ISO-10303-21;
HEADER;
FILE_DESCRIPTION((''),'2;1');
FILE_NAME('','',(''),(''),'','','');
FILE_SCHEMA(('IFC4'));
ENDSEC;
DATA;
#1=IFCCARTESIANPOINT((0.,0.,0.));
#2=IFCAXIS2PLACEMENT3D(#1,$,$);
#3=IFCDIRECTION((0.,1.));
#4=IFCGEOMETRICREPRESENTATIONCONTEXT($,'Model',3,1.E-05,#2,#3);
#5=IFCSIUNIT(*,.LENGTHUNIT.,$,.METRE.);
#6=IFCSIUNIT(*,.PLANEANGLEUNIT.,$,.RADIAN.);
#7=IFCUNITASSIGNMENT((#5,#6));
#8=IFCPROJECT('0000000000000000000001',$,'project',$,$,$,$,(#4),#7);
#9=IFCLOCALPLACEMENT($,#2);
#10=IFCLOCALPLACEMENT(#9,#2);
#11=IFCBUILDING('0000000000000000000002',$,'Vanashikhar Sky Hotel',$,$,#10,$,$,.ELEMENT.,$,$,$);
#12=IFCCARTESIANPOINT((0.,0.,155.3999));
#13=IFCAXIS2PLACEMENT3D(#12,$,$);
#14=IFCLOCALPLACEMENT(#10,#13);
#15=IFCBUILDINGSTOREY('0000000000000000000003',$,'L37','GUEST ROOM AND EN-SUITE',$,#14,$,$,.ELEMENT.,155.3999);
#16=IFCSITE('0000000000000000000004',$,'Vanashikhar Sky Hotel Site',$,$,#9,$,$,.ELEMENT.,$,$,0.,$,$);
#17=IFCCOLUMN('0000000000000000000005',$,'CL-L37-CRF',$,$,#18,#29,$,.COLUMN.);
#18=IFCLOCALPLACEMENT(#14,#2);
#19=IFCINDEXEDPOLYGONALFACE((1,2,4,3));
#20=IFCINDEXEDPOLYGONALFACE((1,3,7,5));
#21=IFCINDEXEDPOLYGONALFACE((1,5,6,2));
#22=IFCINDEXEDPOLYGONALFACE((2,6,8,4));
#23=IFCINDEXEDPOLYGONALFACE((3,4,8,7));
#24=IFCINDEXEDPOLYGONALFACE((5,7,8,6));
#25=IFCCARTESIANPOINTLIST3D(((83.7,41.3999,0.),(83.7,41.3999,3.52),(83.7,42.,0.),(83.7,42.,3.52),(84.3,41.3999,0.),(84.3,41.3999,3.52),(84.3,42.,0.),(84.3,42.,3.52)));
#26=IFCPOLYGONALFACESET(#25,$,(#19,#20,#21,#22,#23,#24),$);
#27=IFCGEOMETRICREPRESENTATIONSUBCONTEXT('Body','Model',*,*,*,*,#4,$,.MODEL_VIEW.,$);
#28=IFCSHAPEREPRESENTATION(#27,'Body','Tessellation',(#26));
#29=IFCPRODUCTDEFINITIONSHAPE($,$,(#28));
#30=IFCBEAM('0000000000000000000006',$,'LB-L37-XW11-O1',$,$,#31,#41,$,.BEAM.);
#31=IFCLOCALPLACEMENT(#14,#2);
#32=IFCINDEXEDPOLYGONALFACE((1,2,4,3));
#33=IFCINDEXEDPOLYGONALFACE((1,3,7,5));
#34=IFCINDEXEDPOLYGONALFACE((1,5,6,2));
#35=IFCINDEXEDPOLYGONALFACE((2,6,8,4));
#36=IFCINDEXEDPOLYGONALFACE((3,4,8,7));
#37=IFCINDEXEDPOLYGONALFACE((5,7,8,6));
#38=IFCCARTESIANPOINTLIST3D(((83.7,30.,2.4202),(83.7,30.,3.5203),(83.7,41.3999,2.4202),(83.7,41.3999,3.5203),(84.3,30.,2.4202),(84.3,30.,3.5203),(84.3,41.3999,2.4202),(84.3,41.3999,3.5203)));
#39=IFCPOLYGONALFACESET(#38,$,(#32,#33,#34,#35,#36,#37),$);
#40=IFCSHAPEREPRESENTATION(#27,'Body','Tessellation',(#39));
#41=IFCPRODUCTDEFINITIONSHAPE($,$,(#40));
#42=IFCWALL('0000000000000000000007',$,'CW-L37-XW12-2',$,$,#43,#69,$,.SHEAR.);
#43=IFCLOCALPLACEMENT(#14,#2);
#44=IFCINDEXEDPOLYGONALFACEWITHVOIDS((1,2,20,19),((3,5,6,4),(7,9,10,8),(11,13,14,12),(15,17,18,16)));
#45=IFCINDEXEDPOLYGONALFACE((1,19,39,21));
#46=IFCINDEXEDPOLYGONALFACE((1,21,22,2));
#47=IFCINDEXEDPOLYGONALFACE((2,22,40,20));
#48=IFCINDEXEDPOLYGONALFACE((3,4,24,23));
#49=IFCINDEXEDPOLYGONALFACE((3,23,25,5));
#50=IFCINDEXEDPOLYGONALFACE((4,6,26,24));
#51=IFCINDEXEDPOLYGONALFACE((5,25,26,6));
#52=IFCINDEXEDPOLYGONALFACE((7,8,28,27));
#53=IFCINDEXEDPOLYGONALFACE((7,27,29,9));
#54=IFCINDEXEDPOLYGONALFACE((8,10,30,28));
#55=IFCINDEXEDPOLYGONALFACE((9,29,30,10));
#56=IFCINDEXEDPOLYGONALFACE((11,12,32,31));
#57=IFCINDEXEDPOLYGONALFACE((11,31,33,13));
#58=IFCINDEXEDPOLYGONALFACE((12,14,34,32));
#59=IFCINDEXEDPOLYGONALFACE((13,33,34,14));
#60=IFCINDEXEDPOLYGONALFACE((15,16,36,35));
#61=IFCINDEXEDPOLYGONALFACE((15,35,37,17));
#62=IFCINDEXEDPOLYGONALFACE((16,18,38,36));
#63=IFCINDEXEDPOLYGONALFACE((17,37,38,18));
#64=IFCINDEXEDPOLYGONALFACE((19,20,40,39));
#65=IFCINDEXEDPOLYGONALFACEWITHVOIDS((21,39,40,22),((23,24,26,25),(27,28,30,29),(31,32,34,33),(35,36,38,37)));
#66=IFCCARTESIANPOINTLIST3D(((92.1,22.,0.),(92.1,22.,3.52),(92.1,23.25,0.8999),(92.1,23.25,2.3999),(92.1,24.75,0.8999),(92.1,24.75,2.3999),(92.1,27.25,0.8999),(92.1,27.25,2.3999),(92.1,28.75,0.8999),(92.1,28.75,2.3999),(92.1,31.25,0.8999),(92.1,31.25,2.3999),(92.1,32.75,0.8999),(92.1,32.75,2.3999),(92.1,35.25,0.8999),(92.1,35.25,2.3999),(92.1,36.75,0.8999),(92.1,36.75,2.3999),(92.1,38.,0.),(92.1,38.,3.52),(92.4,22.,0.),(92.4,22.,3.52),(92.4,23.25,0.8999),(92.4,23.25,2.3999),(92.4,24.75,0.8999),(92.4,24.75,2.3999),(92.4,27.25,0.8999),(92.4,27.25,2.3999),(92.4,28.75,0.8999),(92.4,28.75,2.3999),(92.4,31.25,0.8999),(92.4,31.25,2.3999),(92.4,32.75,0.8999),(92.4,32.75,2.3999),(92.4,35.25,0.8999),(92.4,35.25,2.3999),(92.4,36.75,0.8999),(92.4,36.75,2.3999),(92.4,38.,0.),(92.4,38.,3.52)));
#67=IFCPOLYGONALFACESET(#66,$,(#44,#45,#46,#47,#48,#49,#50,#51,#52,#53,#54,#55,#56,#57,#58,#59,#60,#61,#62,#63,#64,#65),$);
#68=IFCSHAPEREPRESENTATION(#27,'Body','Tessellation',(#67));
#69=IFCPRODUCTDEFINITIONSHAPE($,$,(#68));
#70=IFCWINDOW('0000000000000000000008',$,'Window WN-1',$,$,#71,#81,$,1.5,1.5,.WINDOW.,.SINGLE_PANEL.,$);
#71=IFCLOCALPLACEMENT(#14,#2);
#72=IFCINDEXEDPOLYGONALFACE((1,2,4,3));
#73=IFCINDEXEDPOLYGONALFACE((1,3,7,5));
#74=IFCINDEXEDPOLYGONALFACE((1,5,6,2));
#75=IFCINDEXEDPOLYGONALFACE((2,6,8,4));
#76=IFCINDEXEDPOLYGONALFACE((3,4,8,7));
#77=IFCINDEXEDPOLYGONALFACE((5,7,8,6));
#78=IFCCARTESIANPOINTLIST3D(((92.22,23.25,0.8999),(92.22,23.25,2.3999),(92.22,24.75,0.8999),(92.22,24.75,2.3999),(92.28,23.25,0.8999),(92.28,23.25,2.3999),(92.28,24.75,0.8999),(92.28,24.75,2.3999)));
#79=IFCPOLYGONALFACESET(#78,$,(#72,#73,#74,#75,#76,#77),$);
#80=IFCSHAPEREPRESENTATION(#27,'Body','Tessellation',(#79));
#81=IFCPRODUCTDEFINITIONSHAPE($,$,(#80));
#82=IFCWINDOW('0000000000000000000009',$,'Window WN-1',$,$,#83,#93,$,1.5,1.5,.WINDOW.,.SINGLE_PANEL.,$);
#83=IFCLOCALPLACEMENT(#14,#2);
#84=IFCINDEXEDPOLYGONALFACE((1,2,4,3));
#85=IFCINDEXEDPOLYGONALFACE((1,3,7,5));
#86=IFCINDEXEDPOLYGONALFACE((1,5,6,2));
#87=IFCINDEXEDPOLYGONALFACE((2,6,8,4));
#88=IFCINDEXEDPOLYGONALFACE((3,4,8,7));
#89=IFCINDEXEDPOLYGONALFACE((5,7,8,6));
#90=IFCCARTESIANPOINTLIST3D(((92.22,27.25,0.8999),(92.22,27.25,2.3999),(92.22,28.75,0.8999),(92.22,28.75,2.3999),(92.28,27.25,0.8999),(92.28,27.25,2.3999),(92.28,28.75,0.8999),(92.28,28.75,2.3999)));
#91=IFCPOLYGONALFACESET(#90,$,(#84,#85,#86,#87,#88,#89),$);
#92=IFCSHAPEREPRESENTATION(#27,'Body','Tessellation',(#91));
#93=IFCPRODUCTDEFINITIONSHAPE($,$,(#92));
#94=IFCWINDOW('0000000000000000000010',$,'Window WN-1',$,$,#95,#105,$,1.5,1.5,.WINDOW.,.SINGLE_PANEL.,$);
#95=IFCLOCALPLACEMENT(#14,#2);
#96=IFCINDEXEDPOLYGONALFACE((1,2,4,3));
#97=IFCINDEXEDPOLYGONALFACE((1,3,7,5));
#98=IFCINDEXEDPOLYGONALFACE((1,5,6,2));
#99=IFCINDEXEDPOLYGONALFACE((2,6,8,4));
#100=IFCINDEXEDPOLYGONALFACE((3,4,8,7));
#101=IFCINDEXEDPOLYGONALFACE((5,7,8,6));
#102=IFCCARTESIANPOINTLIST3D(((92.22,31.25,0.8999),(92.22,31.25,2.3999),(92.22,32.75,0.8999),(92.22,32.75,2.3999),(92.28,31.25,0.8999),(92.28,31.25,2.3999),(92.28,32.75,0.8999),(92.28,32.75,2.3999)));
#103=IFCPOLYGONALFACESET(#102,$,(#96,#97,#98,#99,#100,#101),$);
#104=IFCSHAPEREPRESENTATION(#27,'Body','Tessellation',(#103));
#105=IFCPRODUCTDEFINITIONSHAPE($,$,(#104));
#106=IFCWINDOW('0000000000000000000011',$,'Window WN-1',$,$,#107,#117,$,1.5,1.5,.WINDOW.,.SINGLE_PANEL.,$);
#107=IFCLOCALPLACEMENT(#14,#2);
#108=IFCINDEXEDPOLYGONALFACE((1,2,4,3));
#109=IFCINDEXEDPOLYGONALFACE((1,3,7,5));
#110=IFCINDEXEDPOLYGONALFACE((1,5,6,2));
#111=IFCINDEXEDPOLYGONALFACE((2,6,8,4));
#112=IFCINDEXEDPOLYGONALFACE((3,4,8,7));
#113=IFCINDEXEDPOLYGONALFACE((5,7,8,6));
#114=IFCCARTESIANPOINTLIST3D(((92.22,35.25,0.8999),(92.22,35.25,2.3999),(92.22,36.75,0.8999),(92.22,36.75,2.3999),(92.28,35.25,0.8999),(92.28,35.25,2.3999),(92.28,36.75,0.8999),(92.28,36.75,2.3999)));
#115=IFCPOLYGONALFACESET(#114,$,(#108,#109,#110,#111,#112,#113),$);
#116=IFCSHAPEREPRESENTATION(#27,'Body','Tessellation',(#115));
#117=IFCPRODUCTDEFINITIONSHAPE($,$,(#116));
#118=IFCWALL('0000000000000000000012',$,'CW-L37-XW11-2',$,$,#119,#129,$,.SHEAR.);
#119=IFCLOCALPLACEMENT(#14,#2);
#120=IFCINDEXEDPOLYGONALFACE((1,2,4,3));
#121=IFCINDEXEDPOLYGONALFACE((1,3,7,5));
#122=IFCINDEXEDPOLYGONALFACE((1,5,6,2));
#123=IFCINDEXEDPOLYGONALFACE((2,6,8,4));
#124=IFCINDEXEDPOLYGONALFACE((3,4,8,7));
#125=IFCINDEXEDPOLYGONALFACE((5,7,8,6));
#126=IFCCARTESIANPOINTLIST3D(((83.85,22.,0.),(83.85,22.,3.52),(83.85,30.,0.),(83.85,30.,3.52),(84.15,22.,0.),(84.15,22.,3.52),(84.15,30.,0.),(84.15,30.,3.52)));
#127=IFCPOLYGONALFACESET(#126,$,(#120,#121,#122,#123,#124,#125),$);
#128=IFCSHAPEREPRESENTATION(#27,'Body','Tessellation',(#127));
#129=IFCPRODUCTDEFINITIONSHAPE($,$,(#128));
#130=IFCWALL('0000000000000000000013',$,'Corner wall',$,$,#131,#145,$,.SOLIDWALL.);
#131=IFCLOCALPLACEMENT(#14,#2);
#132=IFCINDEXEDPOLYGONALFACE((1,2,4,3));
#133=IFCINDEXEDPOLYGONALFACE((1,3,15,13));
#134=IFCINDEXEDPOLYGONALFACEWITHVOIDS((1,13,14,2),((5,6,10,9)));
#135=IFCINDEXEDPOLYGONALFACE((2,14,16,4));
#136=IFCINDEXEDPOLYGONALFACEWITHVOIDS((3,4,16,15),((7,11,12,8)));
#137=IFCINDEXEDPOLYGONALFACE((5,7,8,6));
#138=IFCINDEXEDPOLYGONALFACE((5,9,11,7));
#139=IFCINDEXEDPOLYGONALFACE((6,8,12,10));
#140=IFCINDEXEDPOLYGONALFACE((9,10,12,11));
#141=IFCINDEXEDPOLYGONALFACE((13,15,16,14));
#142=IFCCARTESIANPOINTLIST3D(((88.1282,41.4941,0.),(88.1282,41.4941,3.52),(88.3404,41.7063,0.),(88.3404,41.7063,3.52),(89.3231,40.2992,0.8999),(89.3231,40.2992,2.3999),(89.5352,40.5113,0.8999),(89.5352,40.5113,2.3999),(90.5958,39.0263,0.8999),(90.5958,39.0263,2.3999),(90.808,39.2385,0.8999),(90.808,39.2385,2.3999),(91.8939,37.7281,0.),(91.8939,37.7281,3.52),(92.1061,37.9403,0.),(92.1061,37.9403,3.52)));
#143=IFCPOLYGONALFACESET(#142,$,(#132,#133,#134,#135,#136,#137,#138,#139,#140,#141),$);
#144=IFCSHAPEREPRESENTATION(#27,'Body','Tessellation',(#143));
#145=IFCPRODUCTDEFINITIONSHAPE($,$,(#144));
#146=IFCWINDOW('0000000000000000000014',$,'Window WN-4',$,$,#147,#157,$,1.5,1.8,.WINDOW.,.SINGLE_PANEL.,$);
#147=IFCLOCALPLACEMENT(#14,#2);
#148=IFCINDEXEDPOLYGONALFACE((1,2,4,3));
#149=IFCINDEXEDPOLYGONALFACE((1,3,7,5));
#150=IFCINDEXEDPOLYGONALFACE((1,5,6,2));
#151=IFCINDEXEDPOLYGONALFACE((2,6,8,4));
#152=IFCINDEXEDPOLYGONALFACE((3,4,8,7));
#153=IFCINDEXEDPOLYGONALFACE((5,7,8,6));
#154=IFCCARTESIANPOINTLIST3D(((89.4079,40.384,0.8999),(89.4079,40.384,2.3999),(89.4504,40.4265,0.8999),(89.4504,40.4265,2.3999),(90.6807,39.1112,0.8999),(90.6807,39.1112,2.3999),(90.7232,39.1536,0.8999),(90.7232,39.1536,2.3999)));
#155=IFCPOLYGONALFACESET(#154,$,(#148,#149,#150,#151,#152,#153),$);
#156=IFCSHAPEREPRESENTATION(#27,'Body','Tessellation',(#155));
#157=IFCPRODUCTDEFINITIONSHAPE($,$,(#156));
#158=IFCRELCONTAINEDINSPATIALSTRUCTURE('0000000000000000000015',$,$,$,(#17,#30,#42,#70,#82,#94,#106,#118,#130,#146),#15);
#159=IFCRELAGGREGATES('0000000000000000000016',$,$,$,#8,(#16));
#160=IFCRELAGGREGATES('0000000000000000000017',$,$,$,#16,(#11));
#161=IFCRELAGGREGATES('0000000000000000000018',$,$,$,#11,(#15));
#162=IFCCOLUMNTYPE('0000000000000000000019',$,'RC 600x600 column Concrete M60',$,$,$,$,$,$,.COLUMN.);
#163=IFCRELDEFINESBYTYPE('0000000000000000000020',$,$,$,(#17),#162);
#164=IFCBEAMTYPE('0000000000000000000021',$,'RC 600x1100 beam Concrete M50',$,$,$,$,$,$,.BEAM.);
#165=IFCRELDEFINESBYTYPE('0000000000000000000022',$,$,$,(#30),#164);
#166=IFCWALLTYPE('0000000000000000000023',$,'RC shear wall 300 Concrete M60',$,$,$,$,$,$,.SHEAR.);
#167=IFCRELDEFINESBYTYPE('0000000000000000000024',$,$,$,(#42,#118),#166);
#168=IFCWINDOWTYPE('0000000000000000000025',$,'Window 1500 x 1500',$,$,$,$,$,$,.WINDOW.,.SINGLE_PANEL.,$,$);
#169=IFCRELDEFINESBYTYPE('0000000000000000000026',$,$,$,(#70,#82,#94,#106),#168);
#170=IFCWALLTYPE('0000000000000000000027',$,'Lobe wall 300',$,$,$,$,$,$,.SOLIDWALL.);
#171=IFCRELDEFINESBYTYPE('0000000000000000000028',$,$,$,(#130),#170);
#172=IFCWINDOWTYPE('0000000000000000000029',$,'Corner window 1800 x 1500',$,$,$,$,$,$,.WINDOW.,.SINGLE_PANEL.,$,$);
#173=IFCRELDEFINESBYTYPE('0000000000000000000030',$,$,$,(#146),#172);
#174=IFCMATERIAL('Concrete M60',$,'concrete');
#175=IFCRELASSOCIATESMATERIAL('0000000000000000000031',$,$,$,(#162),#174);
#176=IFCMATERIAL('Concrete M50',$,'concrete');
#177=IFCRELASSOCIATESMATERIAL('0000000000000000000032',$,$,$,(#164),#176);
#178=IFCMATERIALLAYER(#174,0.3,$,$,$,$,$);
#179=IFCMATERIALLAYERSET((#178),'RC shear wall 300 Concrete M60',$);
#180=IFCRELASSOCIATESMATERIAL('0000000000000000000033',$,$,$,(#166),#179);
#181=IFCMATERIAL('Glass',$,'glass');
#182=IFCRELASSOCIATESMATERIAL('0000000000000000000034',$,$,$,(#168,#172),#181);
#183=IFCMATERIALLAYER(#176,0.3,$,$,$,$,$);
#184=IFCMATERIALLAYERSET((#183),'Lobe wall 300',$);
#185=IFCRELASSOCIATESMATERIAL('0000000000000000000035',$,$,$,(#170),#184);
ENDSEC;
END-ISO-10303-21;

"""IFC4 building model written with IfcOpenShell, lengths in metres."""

from ifc_helpers import new_model, si_unit, direction, frame, frame_2d, origin, origin_2d, place, context, subcontext, project, spatial, rectangle, extrude, source, transform, mapped, material, layer, layer_set, material_profile, profile_set, type_object, element, fill, save


model = new_model("IFC4")

# Units and contexts
model_context = context("Model", 3, precision=1e-05, world=origin(), true_north=direction((0.0, 1.0)))
body_context = subcontext(model_context, "Body", "Model", "MODEL_VIEW")
ifc_project = project(units=[si_unit("LENGTHUNIT", "METRE"), si_unit("PLANEANGLEUNIT", "RADIAN")], contexts=[model_context])

# Site, building, storey
site_placement = place(None, origin())
site = spatial("IfcSite", under=ifc_project, at=site_placement, Name="Vanashikhar Sky Hotel Site", CompositionType="ELEMENT", RefElevation=0.0)
building_placement = place(site_placement, origin())
building = spatial("IfcBuilding", under=site, at=building_placement, Name="Vanashikhar Sky Hotel", CompositionType="ELEMENT")
storey_placement = place(building_placement, frame((0.0, 0.0, 155.3999)))
storey = spatial("IfcBuildingStorey", under=building, at=storey_placement, Name="L37", Description="GUEST ROOM AND EN-SUITE", CompositionType="ELEMENT", Elevation=155.3999)

# Column
ifc_material_1 = material(Name="Concrete M60", Category="concrete")
ifc_material_profile_1 = material_profile(ifc_material_1, rectangle(XDim=0.6001, YDim=0.6001, at=origin_2d()))
ifc_profile_set_1 = profile_set([ifc_material_profile_1], Name="RC 600x600 column Concrete M60")
column_type = type_object("IfcColumnType", Name="RC 600x600 column Concrete M60", PredefinedType="COLUMN", material=ifc_profile_set_1)
shared_shape_1 = source(origin(), body_context, "Body", "SweptSolid", [
    extrude(rectangle(XDim=0.6001, YDim=0.6001, at=origin_2d()), origin(), (0.0, 0.0, 1.0), 3.52),
])
column_placement = place(storey_placement, frame((84.0, 41.7, 0.0), z_axis=(0.0, 0.0, 1.0), x_axis=(1.0, 0.0, 0.0)))
element("IfcColumn", 1, at=column_placement, inside=storey, type_object=column_type, Name="CL-L37-CRF", PredefinedType="COLUMN", context=body_context, shape_type="MappedRepresentation", body=[
    mapped(shared_shape_1, transform((0.0, 0.0, 0.0), scale=1.0)),
])

# Beam
ifc_material_2 = material(Name="Concrete M50", Category="concrete")
ifc_material_profile_2 = material_profile(ifc_material_2, rectangle(XDim=0.6001, YDim=1.1001, at=origin_2d()))
ifc_profile_set_2 = profile_set([ifc_material_profile_2], Name="RC 600x1100 beam Concrete M50")
beam_type = type_object("IfcBeamType", Name="RC 600x1100 beam Concrete M50", PredefinedType="BEAM", material=ifc_profile_set_2)
shared_shape_2 = source(origin(), body_context, "Body", "SweptSolid", [
    extrude(rectangle(XDim=0.6001, YDim=1.1001, at=origin_2d()), origin(), (0.0, 0.0, 1.0), 11.3999),
])
beam_placement = place(storey_placement, frame((84.0, 30.0, 2.9702), z_axis=(0.0, 1.0, 0.0), x_axis=(-1.0, 0.0, 0.0)))
element("IfcBeam", 2, at=beam_placement, inside=storey, type_object=beam_type, Name="LB-L37-XW11-O1", PredefinedType="BEAM", context=body_context, shape_type="MappedRepresentation", body=[
    mapped(shared_shape_2, transform((0.0, 0.0, 0.0), scale=1.0)),
])

# Wall, openings, windows
ifc_layer_1 = layer(ifc_material_1, 0.3)
ifc_layer_set_1 = layer_set([ifc_layer_1], Name="RC shear wall 300 Concrete M60")
wall_type_1 = type_object("IfcWallType", Name="RC shear wall 300 Concrete M60", PredefinedType="SHEAR", material=ifc_layer_set_1)
shared_shape_3 = source(origin(), body_context, "Body", "SweptSolid", [
    extrude(rectangle(XDim=16.0, YDim=0.3, at=frame_2d((8.0, 0.0))), origin(), (0.0, 0.0, 1.0), 3.52),
])
wall_1_placement = place(storey_placement, frame((92.25, 22.0, 0.0), z_axis=(0.0, 0.0, 1.0), x_axis=(0.0, 1.0, 0.0)))
wall_1 = element("IfcWall", 3, at=wall_1_placement, inside=storey, type_object=wall_type_1, Name="CW-L37-XW12-2", PredefinedType="SHEAR", context=body_context, shape_type="MappedRepresentation", body=[
    mapped(shared_shape_3, transform((0.0, 0.0, 0.0), scale=1.0)),
])
shared_shape_4 = source(origin(), body_context, "Body", "SweptSolid", [
    extrude(rectangle(XDim=1.5, YDim=1.5, at=frame_2d((0.75, 0.75))), frame((0.0, 0.1602, 0.0), z_axis=(0.0, -1.0, 0.0), x_axis=(1.0, 0.0, 0.0)), (0.0, 0.0, 1.0), 0.3201),
])
opening_1_placement = place(wall_1_placement, frame((1.25, 0.0, 0.8999)))
opening_1 = element("IfcOpeningElement", 4, at=opening_1_placement, cuts=wall_1, PredefinedType="OPENING", context=body_context, shape_type="MappedRepresentation", body=[
    mapped(shared_shape_4, transform((0.0, 0.0, 0.0), scale=1.0)),
])
opening_2_placement = place(wall_1_placement, frame((5.25, 0.0, 0.8999)))
opening_2 = element("IfcOpeningElement", 5, at=opening_2_placement, cuts=wall_1, PredefinedType="OPENING", context=body_context, shape_type="MappedRepresentation", body=[
    mapped(shared_shape_4, transform((0.0, 0.0, 0.0), scale=1.0)),
])
opening_3_placement = place(wall_1_placement, frame((9.25, 0.0, 0.8999)))
opening_3 = element("IfcOpeningElement", 6, at=opening_3_placement, cuts=wall_1, PredefinedType="OPENING", context=body_context, shape_type="MappedRepresentation", body=[
    mapped(shared_shape_4, transform((0.0, 0.0, 0.0), scale=1.0)),
])
opening_4_placement = place(wall_1_placement, frame((13.25, 0.0, 0.8999)))
opening_4 = element("IfcOpeningElement", 7, at=opening_4_placement, cuts=wall_1, PredefinedType="OPENING", context=body_context, shape_type="MappedRepresentation", body=[
    mapped(shared_shape_4, transform((0.0, 0.0, 0.0), scale=1.0)),
])
ifc_material_3 = material(Name="Glass", Category="glass")
window_type_1 = type_object("IfcWindowType", Name="Window 1500 x 1500", PartitioningType="SINGLE_PANEL", PredefinedType="WINDOW", material=ifc_material_3)
shared_shape_5 = source(origin(), body_context, "Body", "SweptSolid", [
    extrude(rectangle(XDim=1.5, YDim=1.5, at=frame_2d((0.75, 0.75))), frame((0.0, 0.03, 0.0), z_axis=(0.0, -1.0, 0.0), x_axis=(1.0, 0.0, 0.0)), (0.0, 0.0, 1.0), 0.0601),
])
window_1_placement = place(opening_1_placement, origin())
window_1 = element("IfcWindow", 8, at=window_1_placement, inside=storey, type_object=window_type_1, Name="Window WN-1", OverallHeight=1.5, OverallWidth=1.5, PartitioningType="SINGLE_PANEL", PredefinedType="WINDOW", context=body_context, shape_type="MappedRepresentation", body=[
    mapped(shared_shape_5, transform((0.0, 0.0, 0.0), scale=1.0)),
])
fill(opening_1, window_1)
window_2_placement = place(opening_2_placement, origin())
window_2 = element("IfcWindow", 9, at=window_2_placement, inside=storey, type_object=window_type_1, Name="Window WN-1", OverallHeight=1.5, OverallWidth=1.5, PartitioningType="SINGLE_PANEL", PredefinedType="WINDOW", context=body_context, shape_type="MappedRepresentation", body=[
    mapped(shared_shape_5, transform((0.0, 0.0, 0.0), scale=1.0)),
])
fill(opening_2, window_2)
window_3_placement = place(opening_3_placement, origin())
window_3 = element("IfcWindow", 10, at=window_3_placement, inside=storey, type_object=window_type_1, Name="Window WN-1", OverallHeight=1.5, OverallWidth=1.5, PartitioningType="SINGLE_PANEL", PredefinedType="WINDOW", context=body_context, shape_type="MappedRepresentation", body=[
    mapped(shared_shape_5, transform((0.0, 0.0, 0.0), scale=1.0)),
])
fill(opening_3, window_3)
window_4_placement = place(opening_4_placement, origin())
window_4 = element("IfcWindow", 11, at=window_4_placement, inside=storey, type_object=window_type_1, Name="Window WN-1", OverallHeight=1.5, OverallWidth=1.5, PartitioningType="SINGLE_PANEL", PredefinedType="WINDOW", context=body_context, shape_type="MappedRepresentation", body=[
    mapped(shared_shape_5, transform((0.0, 0.0, 0.0), scale=1.0)),
])
fill(opening_4, window_4)

# Wall
shared_shape_6 = source(origin(), body_context, "Body", "SweptSolid", [
    extrude(rectangle(XDim=8.0, YDim=0.3, at=frame_2d((4.0, 0.0))), origin(), (0.0, 0.0, 1.0), 3.52),
])
wall_2_placement = place(storey_placement, frame((84.0, 22.0, 0.0), z_axis=(0.0, 0.0, 1.0), x_axis=(0.0, 1.0, 0.0)))
element("IfcWall", 12, at=wall_2_placement, inside=storey, type_object=wall_type_1, Name="CW-L37-XW11-2", PredefinedType="SHEAR", context=body_context, shape_type="MappedRepresentation", body=[
    mapped(shared_shape_6, transform((0.0, 0.0, 0.0), scale=1.0)),
])

# Wall, opening, window
ifc_layer_2 = layer(ifc_material_2, 0.3)
ifc_layer_set_2 = layer_set([ifc_layer_2], Name="Lobe wall 300")
wall_type_2 = type_object("IfcWallType", Name="Lobe wall 300", PredefinedType="SOLIDWALL", material=ifc_layer_set_2)
shared_shape_7 = source(origin(), body_context, "Body", "SweptSolid", [
    extrude(rectangle(XDim=5.3257, YDim=0.3, at=frame_2d((2.6628, 0.0))), origin(), (0.0, 0.0, 1.0), 3.52),
])
wall_3_placement = place(storey_placement, frame((92.0, 37.8342, 0.0), z_axis=(0.0, 0.0, 1.0), x_axis=(-0.707084, 0.70713, 0.0)))
wall_3 = element("IfcWall", 13, at=wall_3_placement, inside=storey, type_object=wall_type_2, Name="Corner wall", PredefinedType="SOLIDWALL", context=body_context, shape_type="MappedRepresentation", body=[
    mapped(shared_shape_7, transform((0.0, 0.0, 0.0), scale=1.0)),
])
shared_shape_8 = source(origin(), body_context, "Body", "SweptSolid", [
    extrude(rectangle(XDim=1.8, YDim=1.5, at=frame_2d((0.8999, 0.75))), frame((0.0, 0.1602, 0.0), z_axis=(0.0, -1.0, 0.0), x_axis=(1.0, 0.0, 0.0)), (0.0, 0.0, 1.0), 0.3201),
])
opening_5_placement = place(wall_3_placement, frame((1.8359, 0.0, 0.8999)))
opening_5 = element("IfcOpeningElement", 14, at=opening_5_placement, cuts=wall_3, PredefinedType="OPENING", context=body_context, shape_type="MappedRepresentation", body=[
    mapped(shared_shape_8, transform((0.0, 0.0, 0.0), scale=1.0)),
])
window_type_2 = type_object("IfcWindowType", Name="Corner window 1800 x 1500", PartitioningType="SINGLE_PANEL", PredefinedType="WINDOW", material=ifc_material_3)
shared_shape_9 = source(origin(), body_context, "Body", "SweptSolid", [
    extrude(rectangle(XDim=1.8, YDim=1.5, at=frame_2d((0.8999, 0.75))), frame((0.0, 0.03, 0.0), z_axis=(0.0, -1.0, 0.0), x_axis=(1.0, 0.0, 0.0)), (0.0, 0.0, 1.0), 0.0601),
])
window_5_placement = place(opening_5_placement, origin())
window_5 = element("IfcWindow", 15, at=window_5_placement, inside=storey, type_object=window_type_2, Name="Window WN-4", OverallHeight=1.5, OverallWidth=1.8, PartitioningType="SINGLE_PANEL", PredefinedType="WINDOW", context=body_context, shape_type="MappedRepresentation", body=[
    mapped(shared_shape_9, transform((0.0, 0.0, 0.0), scale=1.0)),
])
fill(opening_5, window_5)

save(model, "model.ifc")
